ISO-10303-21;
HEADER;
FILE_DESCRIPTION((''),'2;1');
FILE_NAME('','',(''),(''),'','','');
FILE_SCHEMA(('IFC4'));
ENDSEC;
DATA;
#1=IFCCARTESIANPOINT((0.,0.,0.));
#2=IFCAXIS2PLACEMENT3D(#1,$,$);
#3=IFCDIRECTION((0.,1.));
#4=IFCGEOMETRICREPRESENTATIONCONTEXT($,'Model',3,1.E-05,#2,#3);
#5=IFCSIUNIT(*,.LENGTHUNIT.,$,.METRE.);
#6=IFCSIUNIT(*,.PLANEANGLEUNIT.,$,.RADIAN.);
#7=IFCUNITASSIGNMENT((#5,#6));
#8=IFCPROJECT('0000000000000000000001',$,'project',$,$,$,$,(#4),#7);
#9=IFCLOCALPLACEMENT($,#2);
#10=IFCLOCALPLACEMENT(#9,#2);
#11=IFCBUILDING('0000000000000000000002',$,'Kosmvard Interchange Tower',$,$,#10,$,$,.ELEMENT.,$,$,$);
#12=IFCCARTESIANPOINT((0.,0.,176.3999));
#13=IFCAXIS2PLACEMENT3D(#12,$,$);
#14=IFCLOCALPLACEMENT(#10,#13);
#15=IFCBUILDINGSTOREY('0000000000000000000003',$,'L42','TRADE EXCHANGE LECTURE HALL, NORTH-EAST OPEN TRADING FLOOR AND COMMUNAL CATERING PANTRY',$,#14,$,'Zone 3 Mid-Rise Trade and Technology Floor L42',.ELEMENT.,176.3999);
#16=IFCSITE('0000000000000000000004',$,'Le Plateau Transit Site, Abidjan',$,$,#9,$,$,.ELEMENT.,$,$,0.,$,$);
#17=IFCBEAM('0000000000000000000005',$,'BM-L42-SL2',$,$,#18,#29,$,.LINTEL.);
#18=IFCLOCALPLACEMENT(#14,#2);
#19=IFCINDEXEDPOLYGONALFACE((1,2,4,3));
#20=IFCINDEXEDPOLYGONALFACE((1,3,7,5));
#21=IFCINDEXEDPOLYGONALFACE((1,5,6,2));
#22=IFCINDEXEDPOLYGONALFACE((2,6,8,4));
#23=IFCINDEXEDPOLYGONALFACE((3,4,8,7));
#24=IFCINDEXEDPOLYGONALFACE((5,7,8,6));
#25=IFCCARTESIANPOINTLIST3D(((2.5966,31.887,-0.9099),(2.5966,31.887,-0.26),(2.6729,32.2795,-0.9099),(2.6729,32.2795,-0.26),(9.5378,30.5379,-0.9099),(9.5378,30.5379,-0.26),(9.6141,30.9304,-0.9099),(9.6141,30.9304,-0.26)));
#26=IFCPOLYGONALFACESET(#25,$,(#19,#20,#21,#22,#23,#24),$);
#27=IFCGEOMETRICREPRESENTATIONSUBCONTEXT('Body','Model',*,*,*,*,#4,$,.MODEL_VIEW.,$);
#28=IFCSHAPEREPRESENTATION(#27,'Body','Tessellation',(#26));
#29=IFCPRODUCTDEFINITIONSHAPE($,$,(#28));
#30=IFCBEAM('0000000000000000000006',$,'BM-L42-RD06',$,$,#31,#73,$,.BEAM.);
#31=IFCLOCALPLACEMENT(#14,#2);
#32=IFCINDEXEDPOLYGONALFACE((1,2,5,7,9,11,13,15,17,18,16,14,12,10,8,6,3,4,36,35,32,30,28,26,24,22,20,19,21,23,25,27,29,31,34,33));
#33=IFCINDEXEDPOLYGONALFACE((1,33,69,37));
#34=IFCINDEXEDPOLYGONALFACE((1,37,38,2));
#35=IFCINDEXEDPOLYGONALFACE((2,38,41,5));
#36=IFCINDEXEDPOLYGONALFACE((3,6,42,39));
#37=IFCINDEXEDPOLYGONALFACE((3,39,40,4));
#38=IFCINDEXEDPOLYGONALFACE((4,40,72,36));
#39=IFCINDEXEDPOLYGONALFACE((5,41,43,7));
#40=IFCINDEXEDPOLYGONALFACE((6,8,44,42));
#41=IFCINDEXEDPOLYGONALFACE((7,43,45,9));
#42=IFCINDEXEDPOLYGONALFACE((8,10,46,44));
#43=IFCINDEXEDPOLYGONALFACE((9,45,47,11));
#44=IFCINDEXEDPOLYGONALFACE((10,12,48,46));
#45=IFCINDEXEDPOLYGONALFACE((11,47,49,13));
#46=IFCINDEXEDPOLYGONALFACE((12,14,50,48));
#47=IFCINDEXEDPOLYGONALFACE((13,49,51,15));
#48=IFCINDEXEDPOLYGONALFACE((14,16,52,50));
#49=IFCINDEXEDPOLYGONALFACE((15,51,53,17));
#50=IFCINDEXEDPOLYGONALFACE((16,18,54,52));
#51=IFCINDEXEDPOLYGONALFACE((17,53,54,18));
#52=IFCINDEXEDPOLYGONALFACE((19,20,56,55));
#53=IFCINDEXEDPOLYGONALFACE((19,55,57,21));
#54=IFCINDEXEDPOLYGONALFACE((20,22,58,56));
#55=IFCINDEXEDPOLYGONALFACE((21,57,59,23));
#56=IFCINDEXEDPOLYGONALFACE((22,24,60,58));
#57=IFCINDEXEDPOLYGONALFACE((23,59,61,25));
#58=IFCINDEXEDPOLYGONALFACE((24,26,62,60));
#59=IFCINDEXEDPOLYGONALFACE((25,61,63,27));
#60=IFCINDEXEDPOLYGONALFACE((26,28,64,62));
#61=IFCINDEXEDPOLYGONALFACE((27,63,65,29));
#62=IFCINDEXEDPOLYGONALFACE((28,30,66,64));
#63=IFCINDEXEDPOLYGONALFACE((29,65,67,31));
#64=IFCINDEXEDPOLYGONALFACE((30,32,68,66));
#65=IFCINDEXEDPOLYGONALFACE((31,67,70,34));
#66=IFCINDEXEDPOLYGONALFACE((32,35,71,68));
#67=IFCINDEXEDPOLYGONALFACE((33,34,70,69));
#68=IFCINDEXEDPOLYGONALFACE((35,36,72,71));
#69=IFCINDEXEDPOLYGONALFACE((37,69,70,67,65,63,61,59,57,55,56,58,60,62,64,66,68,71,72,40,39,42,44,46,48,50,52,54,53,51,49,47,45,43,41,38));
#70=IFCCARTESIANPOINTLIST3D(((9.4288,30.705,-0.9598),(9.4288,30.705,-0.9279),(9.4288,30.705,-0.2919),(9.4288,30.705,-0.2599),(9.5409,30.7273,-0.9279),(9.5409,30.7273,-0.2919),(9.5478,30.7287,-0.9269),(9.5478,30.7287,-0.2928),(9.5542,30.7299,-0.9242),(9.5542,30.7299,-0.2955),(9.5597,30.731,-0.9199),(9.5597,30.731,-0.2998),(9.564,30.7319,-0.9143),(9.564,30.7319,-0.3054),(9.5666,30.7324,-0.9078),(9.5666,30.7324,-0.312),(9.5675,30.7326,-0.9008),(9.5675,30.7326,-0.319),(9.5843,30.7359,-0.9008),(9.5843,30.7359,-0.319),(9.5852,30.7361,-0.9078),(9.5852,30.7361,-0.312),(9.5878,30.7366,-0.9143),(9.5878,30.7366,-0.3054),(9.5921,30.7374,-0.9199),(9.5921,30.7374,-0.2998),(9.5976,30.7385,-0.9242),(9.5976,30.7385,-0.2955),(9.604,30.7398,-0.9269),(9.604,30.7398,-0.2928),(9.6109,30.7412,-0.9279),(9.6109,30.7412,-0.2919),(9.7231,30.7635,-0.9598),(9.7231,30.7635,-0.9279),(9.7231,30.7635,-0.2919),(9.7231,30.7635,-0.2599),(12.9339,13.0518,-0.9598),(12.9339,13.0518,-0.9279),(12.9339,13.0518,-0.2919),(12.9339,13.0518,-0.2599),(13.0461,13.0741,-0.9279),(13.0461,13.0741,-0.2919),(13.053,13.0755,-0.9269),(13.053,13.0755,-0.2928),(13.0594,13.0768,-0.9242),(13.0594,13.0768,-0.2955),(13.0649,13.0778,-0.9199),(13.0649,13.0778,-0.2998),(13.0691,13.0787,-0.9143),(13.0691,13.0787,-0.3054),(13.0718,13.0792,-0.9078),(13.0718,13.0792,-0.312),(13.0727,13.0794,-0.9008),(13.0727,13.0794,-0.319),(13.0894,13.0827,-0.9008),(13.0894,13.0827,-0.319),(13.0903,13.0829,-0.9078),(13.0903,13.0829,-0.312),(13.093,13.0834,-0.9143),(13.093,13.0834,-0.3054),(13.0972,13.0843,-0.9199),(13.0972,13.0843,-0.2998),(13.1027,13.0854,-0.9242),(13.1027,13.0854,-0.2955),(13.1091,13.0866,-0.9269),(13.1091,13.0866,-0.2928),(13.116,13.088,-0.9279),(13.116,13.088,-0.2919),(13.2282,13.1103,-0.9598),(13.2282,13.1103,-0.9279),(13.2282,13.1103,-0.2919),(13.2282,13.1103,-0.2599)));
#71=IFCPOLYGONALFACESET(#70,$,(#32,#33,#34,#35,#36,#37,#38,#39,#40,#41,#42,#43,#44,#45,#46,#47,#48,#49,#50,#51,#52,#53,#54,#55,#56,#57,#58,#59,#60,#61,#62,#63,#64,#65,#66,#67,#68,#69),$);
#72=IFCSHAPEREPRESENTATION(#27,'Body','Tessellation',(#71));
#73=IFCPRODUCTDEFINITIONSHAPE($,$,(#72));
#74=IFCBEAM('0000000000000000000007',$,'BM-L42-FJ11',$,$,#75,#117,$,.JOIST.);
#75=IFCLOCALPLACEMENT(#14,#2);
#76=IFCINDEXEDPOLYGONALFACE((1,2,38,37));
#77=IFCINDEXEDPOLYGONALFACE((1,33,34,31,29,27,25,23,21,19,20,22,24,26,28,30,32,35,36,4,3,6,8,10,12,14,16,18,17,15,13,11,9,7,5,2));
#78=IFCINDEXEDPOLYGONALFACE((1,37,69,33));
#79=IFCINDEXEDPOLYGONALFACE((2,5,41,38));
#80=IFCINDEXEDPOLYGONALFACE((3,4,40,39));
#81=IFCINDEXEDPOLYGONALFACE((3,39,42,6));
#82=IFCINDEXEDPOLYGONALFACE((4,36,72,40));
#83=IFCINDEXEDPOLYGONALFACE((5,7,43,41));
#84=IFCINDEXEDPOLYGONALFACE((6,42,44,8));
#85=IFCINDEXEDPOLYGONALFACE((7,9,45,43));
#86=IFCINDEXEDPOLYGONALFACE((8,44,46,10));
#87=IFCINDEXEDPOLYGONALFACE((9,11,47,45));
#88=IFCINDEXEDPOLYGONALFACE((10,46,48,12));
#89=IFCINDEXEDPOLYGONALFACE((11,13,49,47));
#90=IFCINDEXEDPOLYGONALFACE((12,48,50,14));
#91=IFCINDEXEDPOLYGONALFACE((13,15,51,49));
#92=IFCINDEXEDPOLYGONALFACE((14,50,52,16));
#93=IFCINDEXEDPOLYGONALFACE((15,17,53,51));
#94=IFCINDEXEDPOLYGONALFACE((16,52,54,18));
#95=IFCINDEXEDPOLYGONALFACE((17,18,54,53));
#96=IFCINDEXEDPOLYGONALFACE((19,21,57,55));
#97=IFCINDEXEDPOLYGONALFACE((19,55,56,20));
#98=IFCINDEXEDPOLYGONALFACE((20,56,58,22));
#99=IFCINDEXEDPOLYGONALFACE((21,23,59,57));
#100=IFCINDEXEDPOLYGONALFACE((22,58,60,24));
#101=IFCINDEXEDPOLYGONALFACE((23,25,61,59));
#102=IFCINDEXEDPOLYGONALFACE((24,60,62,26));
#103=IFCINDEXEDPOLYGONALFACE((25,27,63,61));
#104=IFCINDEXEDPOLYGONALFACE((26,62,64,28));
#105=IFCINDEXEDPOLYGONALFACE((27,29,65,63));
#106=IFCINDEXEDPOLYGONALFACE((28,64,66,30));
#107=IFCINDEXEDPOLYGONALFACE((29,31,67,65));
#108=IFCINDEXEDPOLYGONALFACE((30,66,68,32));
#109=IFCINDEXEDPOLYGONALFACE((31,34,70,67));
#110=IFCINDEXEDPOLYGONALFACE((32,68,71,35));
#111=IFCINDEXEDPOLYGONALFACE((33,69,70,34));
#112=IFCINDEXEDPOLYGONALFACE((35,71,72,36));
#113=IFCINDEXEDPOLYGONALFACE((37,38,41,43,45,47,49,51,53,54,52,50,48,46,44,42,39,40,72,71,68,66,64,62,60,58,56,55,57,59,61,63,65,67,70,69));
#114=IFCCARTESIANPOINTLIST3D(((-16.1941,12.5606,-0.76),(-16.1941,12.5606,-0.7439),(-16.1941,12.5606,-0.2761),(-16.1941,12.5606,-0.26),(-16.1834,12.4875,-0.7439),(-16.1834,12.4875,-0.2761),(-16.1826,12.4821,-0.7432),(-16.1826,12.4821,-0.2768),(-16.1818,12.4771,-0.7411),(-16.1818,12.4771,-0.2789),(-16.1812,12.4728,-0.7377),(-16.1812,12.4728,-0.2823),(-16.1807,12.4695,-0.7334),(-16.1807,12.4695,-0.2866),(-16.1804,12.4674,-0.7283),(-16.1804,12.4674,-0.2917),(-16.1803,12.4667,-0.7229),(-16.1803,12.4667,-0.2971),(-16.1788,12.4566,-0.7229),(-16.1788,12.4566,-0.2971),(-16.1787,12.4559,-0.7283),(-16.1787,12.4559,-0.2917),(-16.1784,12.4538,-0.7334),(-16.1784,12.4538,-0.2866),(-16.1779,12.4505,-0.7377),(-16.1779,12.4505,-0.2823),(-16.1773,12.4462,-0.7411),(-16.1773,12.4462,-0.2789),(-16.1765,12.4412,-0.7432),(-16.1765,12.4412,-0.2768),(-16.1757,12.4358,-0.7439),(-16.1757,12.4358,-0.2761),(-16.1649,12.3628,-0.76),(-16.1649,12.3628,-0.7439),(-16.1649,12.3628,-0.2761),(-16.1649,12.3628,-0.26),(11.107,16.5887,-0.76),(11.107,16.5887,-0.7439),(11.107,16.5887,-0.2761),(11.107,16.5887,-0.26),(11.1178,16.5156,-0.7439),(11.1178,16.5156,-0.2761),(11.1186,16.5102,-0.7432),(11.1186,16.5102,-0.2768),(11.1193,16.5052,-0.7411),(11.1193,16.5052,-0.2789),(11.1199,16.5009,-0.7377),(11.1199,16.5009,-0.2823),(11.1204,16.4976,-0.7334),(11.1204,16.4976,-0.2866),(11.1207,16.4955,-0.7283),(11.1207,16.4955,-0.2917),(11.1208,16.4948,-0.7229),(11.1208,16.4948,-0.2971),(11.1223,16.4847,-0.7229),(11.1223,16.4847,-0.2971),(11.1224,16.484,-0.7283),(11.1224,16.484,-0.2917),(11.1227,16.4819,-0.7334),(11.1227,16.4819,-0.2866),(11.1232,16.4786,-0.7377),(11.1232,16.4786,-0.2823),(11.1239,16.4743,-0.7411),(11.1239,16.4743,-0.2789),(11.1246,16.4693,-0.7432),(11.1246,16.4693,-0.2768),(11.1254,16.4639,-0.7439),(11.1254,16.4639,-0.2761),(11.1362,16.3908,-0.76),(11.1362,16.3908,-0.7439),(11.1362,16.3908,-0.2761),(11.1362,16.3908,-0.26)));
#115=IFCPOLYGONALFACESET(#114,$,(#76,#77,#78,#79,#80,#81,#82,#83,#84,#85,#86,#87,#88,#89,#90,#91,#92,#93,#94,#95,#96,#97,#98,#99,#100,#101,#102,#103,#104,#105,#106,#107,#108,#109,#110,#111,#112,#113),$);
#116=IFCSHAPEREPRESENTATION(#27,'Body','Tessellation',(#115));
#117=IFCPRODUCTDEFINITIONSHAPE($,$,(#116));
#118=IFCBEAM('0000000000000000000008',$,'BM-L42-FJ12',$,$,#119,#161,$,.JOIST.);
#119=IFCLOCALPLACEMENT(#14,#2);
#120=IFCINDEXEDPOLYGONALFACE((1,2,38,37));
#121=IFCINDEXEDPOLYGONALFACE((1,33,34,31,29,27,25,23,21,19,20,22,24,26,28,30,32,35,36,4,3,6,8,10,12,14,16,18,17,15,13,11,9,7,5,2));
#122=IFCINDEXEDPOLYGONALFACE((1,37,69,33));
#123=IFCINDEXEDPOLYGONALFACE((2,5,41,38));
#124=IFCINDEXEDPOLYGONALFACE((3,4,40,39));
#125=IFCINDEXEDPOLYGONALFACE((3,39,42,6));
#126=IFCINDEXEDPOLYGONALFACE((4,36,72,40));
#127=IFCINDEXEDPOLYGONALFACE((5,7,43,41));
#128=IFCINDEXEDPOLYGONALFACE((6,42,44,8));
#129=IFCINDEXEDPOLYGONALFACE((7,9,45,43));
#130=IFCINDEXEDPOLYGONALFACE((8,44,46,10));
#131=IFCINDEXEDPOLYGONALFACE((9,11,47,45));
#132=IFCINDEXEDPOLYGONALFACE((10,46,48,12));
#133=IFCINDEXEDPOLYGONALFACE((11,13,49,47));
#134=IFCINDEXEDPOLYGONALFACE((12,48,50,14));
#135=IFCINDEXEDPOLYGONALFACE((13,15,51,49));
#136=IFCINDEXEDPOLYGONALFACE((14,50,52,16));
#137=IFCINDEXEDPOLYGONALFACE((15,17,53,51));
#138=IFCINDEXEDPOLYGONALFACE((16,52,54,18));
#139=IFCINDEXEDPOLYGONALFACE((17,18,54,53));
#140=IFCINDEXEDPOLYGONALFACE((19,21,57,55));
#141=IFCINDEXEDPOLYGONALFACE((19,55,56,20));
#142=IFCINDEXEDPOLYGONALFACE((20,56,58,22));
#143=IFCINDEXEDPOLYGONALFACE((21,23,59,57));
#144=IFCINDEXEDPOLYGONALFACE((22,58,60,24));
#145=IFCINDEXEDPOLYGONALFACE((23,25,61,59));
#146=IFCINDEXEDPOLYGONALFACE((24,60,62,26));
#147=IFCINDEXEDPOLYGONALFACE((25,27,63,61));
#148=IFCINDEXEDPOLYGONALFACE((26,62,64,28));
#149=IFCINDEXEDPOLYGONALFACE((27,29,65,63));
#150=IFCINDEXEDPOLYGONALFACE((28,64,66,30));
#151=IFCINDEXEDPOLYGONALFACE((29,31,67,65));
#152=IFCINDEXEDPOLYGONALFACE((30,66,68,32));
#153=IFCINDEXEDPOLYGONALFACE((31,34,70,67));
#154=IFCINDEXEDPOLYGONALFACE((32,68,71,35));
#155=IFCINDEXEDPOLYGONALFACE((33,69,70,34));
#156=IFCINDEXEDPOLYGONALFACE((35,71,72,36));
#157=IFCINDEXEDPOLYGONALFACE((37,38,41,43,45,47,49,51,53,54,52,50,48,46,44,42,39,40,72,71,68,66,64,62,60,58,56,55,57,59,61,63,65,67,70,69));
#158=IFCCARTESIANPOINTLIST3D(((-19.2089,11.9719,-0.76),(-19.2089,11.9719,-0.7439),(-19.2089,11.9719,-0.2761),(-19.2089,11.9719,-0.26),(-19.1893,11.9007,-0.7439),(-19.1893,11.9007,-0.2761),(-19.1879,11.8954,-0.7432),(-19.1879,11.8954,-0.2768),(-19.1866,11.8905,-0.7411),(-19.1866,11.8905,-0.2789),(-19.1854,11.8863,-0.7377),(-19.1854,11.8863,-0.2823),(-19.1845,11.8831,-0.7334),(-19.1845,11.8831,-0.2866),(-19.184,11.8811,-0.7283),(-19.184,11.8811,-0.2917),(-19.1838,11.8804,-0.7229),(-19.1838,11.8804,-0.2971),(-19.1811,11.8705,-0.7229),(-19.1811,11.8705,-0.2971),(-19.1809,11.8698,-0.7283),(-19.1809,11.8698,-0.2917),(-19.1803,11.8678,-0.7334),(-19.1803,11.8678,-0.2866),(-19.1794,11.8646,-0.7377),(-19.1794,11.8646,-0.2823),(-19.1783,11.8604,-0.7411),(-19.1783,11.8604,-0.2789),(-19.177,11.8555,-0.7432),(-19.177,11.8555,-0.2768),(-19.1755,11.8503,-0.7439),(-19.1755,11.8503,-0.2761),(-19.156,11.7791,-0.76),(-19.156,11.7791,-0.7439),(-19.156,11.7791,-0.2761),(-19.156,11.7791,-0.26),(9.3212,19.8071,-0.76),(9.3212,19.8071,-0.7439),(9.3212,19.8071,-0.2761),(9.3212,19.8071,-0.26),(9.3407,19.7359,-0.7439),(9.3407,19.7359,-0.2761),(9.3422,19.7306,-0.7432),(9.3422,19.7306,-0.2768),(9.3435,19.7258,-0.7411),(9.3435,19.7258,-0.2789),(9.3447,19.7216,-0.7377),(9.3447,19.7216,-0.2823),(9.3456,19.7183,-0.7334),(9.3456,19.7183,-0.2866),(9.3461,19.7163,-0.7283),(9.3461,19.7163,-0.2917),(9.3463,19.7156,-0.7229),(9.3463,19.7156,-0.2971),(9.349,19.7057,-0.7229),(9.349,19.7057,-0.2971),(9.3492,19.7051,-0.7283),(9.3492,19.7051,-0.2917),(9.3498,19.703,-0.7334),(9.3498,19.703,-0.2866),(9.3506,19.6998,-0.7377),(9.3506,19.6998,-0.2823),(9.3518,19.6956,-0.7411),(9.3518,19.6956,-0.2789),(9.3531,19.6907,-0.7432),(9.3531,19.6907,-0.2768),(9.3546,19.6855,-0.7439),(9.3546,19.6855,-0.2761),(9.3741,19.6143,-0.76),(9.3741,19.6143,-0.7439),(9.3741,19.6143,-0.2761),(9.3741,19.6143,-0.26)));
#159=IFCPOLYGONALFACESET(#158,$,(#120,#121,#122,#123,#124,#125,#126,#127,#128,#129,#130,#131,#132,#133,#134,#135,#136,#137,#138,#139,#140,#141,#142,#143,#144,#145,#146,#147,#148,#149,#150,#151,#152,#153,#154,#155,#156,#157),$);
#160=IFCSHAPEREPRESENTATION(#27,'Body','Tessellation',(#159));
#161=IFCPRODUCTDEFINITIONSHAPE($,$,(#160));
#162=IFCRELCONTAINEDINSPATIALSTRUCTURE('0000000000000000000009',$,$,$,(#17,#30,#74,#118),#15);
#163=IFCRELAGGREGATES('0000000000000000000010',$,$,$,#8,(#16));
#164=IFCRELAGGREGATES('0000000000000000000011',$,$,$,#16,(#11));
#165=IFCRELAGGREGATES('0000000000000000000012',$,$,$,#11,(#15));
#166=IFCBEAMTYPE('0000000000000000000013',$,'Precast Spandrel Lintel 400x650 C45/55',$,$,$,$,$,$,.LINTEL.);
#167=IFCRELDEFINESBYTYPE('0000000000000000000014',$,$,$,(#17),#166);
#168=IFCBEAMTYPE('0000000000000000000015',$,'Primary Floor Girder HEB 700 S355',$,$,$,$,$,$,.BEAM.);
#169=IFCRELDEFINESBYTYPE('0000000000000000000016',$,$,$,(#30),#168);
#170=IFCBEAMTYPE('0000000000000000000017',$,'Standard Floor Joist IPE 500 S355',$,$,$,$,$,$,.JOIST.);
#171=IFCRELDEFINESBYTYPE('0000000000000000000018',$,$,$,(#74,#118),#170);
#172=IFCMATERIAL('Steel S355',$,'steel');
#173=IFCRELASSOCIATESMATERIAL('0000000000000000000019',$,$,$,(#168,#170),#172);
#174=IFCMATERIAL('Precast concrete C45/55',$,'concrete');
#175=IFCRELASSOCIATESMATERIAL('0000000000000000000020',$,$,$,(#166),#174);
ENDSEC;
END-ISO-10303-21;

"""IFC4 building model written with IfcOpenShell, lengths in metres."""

from ifc_helpers import new_model, si_unit, direction, frame, origin, origin_2d, place, context, subcontext, project, spatial, rectangle, i_section, extrude, source, transform, mapped, material, material_profile, profile_set, type_object, element, save


model = new_model("IFC4")

# Units and contexts
model_context = context("Model", 3, precision=1e-05, world=origin(), true_north=direction((0.0, 1.0)))
body_context = subcontext(model_context, "Body", "Model", "MODEL_VIEW")
ifc_project = project(units=[si_unit("LENGTHUNIT", "METRE"), si_unit("PLANEANGLEUNIT", "RADIAN")], contexts=[model_context])

# Site, building, storey
site_placement = place(None, origin())
site = spatial("IfcSite", under=ifc_project, at=site_placement, Name="Le Plateau Transit Site, Abidjan", CompositionType="ELEMENT", RefElevation=0.0)
building_placement = place(site_placement, origin())
building = spatial("IfcBuilding", under=site, at=building_placement, Name="Kosmvard Interchange Tower", CompositionType="ELEMENT")
storey_placement = place(building_placement, frame((0.0, 0.0, 176.3999)))
storey = spatial("IfcBuildingStorey", under=building, at=storey_placement, Name="L42", Description="TRADE EXCHANGE LECTURE HALL, NORTH-EAST OPEN TRADING FLOOR AND COMMUNAL CATERING PANTRY", LongName="Zone 3 Mid-Rise Trade and Technology Floor L42", CompositionType="ELEMENT", Elevation=176.3999)

# Beams
ifc_material_1 = material(Name="Steel S355", Category="steel")
ifc_material_profile_1 = material_profile(ifc_material_1, i_section(OverallWidth=0.3, OverallDepth=0.7, WebThickness=0.0171, FlangeThickness=0.032, FilletRadius=0.0271, at=origin_2d()), Name="HEB 700")
ifc_profile_set_1 = profile_set([ifc_material_profile_1], Name="Steel S355")
beam_type_1 = type_object("IfcBeamType", Name="Primary Floor Girder HEB 700 S355", PredefinedType="BEAM", material=ifc_profile_set_1)
ifc_material_2 = material(Name="Precast concrete C45/55", Category="concrete")
ifc_material_profile_2 = material_profile(ifc_material_2, rectangle(XDim=0.3999, YDim=0.6499, at=origin_2d()), Name="SL 400x650")
ifc_profile_set_2 = profile_set([ifc_material_profile_2], Name="Precast concrete C45/55")
beam_type_2 = type_object("IfcBeamType", Name="Precast Spandrel Lintel 400x650 C45/55", PredefinedType="LINTEL", material=ifc_profile_set_2)
shared_shape_1 = source(origin(), body_context, "Body", "SweptSolid", [
    extrude(rectangle(XDim=0.3999, YDim=0.6499, at=origin_2d()), origin(), (0.0, 0.0, 1.0), 7.071),
])
beam_1_placement = place(storey_placement, frame((9.5759, 30.7341, -0.585), z_axis=(-0.98163, 0.190795, 0.0), x_axis=(-0.190795, -0.98163, 0.0)))
element("IfcBeam", 1, at=beam_1_placement, inside=storey, type_object=beam_type_2, Name="BM-L42-SL2", PredefinedType="LINTEL", context=body_context, shape_type="MappedRepresentation", body=[
    mapped(shared_shape_1, transform((0.0, 0.0, 0.0), scale=1.0)),
])
shared_shape_2 = source(origin(), body_context, "Body", "SweptSolid", [
    extrude(i_section(OverallWidth=0.3, OverallDepth=0.7, WebThickness=0.0171, FlangeThickness=0.032, FilletRadius=0.0271, at=origin_2d()), origin(), (0.0, 0.0, 1.0), 17.9978),
])
beam_2_placement = place(storey_placement, frame((13.0811, 13.0811, -0.6099), z_axis=(-0.194754, 0.980852, 0.0), x_axis=(-0.980852, -0.194754, 0.0)))
element("IfcBeam", 2, at=beam_2_placement, inside=storey, type_object=beam_type_1, Name="BM-L42-RD06", PredefinedType="BEAM", context=body_context, shape_type="MappedRepresentation", body=[
    mapped(shared_shape_2, transform((0.0, 0.0, 0.0), scale=1.0)),
])
ifc_material_profile_3 = material_profile(ifc_material_1, i_section(OverallWidth=0.2, OverallDepth=0.5, WebThickness=0.0103, FlangeThickness=0.0161, FilletRadius=0.021, at=origin_2d()), Name="IPE 500")
ifc_profile_set_3 = profile_set([ifc_material_profile_3], Name="Steel S355")
beam_type_3 = type_object("IfcBeamType", Name="Standard Floor Joist IPE 500 S355", PredefinedType="JOIST", material=ifc_profile_set_3)
shared_shape_3 = source(origin(), body_context, "Body", "SweptSolid", [
    extrude(i_section(OverallWidth=0.2, OverallDepth=0.5, WebThickness=0.0103, FlangeThickness=0.0161, FilletRadius=0.021, at=origin_2d()), origin(), (0.0, 0.0, 1.0), 27.5967),
])
beam_3_placement = place(storey_placement, frame((11.1216, 16.4897, -0.51), z_axis=(-0.98929, -0.145963, 0.0), x_axis=(0.145963, -0.98929, 0.0)))
element("IfcBeam", 3, at=beam_3_placement, inside=storey, type_object=beam_type_3, Name="BM-L42-FJ11", PredefinedType="JOIST", context=body_context, shape_type="MappedRepresentation", body=[
    mapped(shared_shape_3, transform((0.0, 0.0, 0.0), scale=1.0)),
])
shared_shape_4 = source(origin(), body_context, "Body", "SweptSolid", [
    extrude(i_section(OverallWidth=0.2, OverallDepth=0.5, WebThickness=0.0103, FlangeThickness=0.0161, FilletRadius=0.021, at=origin_2d()), origin(), (0.0, 0.0, 1.0), 29.5864),
])
beam_4_placement = place(storey_placement, frame((9.3477, 19.7107, -0.51), z_axis=(-0.964297, -0.264825, 0.0), x_axis=(0.264825, -0.964297, 0.0)))
element("IfcBeam", 4, at=beam_4_placement, inside=storey, type_object=beam_type_3, Name="BM-L42-FJ12", PredefinedType="JOIST", context=body_context, shape_type="MappedRepresentation", body=[
    mapped(shared_shape_4, transform((0.0, 0.0, 0.0), scale=1.0)),
])

save(model, "model.ifc")
